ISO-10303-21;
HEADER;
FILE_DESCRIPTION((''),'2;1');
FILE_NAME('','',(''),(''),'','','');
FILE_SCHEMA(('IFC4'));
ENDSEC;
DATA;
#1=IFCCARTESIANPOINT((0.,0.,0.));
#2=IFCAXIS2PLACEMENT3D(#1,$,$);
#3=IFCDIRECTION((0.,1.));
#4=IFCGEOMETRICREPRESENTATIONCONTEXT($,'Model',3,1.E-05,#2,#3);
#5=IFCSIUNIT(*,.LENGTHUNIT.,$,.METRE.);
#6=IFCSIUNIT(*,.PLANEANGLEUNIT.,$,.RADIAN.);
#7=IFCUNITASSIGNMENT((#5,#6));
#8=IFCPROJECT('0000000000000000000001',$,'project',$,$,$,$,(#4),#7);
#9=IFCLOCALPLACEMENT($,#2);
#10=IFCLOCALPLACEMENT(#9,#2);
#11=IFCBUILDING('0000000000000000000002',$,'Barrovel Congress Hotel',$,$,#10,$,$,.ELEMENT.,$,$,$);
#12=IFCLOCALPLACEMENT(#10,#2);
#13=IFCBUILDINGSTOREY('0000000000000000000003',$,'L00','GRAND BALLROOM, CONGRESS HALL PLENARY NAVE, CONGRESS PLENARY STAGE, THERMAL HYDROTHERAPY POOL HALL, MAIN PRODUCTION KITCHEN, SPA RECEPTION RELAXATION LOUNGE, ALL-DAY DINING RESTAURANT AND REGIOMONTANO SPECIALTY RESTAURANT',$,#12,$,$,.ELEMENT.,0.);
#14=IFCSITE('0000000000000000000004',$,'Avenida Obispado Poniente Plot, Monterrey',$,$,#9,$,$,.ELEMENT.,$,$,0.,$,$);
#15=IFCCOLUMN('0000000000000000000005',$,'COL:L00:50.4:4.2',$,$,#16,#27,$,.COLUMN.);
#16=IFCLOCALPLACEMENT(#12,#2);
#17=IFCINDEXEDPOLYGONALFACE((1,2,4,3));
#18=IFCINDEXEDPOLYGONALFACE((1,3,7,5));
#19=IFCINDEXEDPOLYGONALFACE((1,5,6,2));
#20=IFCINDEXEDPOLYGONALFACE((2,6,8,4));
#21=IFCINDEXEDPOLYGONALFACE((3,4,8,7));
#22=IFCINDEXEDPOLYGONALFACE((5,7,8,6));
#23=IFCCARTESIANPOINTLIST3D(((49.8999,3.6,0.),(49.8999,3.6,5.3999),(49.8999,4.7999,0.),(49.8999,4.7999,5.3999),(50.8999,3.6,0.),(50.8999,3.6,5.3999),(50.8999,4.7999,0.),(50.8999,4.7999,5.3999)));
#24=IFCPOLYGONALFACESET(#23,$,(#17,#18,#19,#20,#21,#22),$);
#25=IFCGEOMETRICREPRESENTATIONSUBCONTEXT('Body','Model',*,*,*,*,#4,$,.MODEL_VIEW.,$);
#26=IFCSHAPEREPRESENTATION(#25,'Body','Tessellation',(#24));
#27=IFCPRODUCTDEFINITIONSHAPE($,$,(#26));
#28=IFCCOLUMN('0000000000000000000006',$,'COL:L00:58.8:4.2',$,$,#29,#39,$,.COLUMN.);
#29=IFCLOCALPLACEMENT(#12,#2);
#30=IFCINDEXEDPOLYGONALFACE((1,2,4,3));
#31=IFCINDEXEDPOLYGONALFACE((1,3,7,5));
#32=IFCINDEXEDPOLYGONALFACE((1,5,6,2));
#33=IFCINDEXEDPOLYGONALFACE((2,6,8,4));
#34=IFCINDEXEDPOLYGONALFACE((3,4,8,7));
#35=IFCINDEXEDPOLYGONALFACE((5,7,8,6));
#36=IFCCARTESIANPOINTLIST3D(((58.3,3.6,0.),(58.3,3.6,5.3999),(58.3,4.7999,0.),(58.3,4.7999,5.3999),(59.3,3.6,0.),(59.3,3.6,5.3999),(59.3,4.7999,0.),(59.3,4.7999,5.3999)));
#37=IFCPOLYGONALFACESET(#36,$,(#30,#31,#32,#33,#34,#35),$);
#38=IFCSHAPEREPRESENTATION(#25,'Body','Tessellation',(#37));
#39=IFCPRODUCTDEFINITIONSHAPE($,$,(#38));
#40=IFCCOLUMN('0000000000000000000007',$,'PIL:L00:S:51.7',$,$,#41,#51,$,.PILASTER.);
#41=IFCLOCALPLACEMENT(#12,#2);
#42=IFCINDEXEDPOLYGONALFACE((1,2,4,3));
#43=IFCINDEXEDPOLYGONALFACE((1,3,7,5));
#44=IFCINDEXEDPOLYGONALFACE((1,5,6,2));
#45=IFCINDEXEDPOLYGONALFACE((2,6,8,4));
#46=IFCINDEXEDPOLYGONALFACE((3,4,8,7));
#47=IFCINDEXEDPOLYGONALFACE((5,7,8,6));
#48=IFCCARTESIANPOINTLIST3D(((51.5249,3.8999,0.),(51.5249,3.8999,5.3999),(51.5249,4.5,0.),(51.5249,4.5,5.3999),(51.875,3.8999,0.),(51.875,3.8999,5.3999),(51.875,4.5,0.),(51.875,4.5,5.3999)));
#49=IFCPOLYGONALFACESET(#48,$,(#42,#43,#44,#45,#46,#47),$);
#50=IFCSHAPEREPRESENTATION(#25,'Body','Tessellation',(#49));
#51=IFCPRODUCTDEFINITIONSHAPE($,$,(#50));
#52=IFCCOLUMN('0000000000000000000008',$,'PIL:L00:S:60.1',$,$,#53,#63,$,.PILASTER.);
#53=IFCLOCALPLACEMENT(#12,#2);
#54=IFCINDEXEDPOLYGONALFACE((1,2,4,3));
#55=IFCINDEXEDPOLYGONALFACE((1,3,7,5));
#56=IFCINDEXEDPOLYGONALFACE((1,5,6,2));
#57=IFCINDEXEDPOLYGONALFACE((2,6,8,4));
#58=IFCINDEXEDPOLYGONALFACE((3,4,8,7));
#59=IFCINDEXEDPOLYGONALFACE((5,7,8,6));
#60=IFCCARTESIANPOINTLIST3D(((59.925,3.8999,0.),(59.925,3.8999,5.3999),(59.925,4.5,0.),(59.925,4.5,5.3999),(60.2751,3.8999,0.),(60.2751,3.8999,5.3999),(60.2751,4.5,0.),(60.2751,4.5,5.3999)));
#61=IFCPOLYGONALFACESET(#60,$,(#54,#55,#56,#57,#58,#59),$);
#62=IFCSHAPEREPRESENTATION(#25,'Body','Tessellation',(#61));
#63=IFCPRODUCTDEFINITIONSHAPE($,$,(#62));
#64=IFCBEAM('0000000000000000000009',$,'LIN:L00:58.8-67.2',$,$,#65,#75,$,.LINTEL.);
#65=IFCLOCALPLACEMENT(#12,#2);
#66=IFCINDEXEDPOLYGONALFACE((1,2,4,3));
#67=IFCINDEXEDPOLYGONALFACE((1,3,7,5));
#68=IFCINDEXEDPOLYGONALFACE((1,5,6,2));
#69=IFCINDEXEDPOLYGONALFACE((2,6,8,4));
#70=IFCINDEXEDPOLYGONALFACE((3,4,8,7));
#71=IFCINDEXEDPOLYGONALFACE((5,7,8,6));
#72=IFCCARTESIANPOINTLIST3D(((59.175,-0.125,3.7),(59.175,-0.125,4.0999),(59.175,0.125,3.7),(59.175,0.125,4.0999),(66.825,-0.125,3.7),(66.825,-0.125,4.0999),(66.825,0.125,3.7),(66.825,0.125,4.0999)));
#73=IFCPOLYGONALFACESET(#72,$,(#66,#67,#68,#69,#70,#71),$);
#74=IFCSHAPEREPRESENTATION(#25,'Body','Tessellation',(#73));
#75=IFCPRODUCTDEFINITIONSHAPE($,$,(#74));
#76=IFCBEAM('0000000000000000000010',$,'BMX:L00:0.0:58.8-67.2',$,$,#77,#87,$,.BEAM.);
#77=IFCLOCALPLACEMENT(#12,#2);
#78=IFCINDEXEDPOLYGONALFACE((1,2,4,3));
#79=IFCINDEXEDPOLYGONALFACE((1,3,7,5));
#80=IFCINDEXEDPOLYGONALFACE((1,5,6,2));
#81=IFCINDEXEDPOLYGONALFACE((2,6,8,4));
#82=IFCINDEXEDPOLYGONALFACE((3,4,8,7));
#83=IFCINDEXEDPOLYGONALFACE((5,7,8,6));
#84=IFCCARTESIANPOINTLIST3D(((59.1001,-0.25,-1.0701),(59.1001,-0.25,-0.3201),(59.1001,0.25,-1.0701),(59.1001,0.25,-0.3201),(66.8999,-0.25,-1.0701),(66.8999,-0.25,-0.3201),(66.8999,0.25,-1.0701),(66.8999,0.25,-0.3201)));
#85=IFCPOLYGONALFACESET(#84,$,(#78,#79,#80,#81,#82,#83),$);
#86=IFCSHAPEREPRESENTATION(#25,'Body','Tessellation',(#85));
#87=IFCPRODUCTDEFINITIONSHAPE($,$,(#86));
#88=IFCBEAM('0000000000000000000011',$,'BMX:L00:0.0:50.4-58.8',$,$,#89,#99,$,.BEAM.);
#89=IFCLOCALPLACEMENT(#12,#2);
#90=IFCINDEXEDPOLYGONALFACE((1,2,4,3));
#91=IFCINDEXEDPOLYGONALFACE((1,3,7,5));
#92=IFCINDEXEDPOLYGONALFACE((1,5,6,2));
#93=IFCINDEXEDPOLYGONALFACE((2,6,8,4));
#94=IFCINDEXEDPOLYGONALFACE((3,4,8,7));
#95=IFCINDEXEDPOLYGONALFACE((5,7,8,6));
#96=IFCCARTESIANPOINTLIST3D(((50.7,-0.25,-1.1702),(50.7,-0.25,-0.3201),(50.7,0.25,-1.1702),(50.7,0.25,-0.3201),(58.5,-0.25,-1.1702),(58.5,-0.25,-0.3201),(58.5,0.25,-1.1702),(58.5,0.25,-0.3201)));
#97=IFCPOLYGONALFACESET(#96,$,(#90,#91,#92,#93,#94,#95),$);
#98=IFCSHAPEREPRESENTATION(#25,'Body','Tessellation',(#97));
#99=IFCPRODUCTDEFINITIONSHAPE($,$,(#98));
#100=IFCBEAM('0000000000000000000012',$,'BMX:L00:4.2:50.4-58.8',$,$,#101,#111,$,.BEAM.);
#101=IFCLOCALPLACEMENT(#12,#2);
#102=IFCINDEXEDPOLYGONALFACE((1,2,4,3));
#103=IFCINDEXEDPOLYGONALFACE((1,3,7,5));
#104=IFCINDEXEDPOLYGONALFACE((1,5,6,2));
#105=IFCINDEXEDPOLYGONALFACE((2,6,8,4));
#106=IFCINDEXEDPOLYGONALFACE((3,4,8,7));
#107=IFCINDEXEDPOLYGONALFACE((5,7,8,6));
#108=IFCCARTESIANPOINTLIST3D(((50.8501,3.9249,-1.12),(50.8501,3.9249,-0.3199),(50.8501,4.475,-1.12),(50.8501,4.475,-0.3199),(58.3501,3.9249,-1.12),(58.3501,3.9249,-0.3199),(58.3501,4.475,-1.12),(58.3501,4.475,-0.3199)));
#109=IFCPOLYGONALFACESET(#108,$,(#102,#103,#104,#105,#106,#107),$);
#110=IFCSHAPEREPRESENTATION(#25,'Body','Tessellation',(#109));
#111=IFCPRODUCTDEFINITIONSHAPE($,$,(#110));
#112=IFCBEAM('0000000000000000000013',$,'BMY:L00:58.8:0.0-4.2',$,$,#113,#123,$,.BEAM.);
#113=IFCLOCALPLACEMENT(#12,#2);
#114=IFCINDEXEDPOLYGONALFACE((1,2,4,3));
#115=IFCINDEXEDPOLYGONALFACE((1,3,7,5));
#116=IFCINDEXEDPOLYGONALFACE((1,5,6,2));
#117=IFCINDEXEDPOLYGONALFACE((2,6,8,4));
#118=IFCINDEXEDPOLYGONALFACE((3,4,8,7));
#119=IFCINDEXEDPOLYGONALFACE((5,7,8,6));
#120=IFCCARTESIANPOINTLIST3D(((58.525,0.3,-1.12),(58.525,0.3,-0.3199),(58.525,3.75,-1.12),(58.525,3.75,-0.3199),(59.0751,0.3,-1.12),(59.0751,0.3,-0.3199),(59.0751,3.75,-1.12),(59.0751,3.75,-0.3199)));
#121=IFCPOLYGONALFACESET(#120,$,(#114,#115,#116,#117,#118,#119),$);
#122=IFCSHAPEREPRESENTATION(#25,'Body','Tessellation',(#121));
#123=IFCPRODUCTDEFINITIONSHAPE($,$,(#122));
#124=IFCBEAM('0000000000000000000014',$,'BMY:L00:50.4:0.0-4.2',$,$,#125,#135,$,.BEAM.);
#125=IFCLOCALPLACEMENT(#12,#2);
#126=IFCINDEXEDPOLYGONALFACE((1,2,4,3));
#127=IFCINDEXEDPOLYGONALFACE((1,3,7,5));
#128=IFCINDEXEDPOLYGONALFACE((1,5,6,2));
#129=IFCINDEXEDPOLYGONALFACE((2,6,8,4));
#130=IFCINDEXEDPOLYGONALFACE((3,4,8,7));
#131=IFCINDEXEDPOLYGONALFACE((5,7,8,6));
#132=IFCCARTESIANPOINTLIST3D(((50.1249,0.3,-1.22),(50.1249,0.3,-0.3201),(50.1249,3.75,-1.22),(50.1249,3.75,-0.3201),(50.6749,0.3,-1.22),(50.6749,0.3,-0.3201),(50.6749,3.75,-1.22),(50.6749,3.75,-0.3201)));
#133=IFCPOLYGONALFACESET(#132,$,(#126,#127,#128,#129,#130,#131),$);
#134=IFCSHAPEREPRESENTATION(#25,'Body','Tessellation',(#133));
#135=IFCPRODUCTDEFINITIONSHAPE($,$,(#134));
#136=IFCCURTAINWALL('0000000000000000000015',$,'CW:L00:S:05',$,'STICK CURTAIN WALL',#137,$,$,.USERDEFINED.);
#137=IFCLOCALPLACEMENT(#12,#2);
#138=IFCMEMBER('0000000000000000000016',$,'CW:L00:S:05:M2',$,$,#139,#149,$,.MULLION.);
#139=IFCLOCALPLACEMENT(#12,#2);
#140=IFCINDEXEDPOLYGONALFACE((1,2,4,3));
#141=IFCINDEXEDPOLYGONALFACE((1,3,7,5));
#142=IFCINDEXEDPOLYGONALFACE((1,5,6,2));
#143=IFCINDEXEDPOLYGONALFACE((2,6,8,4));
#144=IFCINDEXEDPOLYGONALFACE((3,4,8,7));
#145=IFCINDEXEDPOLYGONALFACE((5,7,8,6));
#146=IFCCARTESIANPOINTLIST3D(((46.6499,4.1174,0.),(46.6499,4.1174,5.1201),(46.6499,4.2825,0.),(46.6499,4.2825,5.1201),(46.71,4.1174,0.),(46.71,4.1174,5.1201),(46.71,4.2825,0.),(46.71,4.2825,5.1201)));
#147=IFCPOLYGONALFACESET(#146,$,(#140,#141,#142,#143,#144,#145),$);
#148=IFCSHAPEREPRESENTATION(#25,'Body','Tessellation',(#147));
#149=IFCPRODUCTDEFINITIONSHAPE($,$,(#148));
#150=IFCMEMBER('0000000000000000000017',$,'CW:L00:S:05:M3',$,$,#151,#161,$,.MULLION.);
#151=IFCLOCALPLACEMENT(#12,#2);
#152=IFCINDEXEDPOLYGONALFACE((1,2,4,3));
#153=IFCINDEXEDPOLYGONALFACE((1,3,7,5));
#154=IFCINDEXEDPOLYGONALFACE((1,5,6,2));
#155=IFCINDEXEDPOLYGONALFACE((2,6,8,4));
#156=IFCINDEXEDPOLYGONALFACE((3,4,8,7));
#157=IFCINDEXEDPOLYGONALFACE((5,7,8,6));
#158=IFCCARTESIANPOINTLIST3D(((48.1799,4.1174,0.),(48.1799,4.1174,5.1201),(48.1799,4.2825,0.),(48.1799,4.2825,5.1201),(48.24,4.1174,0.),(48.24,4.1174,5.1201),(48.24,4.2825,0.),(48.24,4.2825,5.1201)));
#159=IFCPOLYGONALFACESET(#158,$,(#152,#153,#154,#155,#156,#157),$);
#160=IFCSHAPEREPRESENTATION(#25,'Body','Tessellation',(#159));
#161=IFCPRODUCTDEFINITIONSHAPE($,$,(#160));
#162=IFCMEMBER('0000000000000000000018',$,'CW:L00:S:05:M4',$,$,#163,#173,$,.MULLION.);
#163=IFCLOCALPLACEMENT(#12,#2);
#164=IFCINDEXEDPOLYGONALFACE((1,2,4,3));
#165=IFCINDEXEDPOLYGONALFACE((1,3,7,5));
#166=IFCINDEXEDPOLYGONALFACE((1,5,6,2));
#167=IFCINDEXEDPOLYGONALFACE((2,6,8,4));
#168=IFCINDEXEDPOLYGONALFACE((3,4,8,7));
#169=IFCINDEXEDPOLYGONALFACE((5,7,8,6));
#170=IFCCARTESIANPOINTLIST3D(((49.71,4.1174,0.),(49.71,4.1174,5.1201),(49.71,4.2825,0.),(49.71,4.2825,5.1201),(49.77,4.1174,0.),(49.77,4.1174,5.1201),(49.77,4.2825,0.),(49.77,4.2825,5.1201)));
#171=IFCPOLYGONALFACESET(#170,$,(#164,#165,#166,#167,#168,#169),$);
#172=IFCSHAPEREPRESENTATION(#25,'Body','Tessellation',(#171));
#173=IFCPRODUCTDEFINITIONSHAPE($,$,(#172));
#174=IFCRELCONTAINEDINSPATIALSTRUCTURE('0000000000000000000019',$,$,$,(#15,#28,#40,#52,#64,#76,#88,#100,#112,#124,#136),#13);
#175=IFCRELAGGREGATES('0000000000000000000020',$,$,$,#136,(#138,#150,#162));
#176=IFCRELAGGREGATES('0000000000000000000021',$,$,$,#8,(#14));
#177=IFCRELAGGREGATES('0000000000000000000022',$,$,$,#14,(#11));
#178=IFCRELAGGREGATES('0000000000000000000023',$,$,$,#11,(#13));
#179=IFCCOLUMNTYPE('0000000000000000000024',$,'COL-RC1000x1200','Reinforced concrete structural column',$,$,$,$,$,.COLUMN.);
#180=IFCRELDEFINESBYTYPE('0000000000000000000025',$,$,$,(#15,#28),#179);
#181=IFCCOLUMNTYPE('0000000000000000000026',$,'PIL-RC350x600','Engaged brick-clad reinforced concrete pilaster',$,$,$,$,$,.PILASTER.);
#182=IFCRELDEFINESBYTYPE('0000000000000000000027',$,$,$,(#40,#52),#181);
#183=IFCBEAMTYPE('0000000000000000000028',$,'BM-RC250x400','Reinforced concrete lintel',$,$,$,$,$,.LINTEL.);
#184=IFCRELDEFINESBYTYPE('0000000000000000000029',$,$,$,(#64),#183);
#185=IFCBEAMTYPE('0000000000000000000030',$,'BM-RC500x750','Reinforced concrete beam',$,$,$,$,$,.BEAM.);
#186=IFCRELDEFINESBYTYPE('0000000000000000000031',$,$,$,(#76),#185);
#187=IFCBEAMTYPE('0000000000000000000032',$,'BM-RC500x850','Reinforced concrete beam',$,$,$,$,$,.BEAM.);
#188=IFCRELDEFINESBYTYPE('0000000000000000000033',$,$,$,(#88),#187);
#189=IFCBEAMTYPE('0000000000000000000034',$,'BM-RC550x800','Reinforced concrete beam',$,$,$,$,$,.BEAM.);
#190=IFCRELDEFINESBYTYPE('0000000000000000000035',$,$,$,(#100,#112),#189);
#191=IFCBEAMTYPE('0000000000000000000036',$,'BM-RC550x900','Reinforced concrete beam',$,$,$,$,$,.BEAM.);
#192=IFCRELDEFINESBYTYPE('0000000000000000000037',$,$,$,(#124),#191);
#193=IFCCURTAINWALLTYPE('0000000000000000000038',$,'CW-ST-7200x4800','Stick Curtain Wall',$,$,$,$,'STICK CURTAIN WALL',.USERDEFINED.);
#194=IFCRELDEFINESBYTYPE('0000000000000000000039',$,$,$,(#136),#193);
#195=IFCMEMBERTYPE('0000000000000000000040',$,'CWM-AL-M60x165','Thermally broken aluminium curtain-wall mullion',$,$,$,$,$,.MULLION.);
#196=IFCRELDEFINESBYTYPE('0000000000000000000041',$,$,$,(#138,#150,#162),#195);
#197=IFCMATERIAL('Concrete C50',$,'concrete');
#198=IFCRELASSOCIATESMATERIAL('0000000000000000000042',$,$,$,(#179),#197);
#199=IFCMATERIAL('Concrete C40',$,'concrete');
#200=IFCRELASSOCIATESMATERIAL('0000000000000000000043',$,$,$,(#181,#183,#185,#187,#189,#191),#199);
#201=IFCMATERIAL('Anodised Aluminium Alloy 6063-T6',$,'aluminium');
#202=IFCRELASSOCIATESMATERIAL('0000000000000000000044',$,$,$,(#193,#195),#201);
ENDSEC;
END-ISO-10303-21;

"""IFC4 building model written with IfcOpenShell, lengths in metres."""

from ifc_helpers import new_model, si_unit, direction, frame, origin, origin_2d, place, context, subcontext, project, spatial, rectangle, extrude, material, material_profile, profile_set, type_object, element, aggregate, save


model = new_model("IFC4")

# Units and contexts
model_context = context("Model", 3, precision=1e-05, world=origin(), true_north=direction((0.0, 1.0)))
body_context = subcontext(model_context, "Body", "Model", "MODEL_VIEW")
ifc_project = project(units=[si_unit("LENGTHUNIT", "METRE"), si_unit("PLANEANGLEUNIT", "RADIAN")], contexts=[model_context])

# Site, building, storey
site_placement = place(None, origin())
site = spatial("IfcSite", under=ifc_project, at=site_placement, Name="Avenida Obispado Poniente Plot, Monterrey", CompositionType="ELEMENT", RefElevation=0.0)
building_placement = place(site_placement, origin())
building = spatial("IfcBuilding", under=site, at=building_placement, Name="Barrovel Congress Hotel", CompositionType="ELEMENT")
storey_placement = place(building_placement, origin())
storey = spatial("IfcBuildingStorey", under=building, at=storey_placement, Name="L00", Description="GRAND BALLROOM, CONGRESS HALL PLENARY NAVE, CONGRESS PLENARY STAGE, THERMAL HYDROTHERAPY POOL HALL, MAIN PRODUCTION KITCHEN, SPA RECEPTION RELAXATION LOUNGE, ALL-DAY DINING RESTAURANT AND REGIOMONTANO SPECIALTY RESTAURANT", CompositionType="ELEMENT", Elevation=0.0)

# Shared definitions
ifc_material_1 = material(Name="Concrete C40", Category="concrete")

# Columns
ifc_material_2 = material(Name="Concrete C50", Category="concrete")
ifc_material_profile_1 = material_profile(ifc_material_2, rectangle(XDim=1.0, YDim=1.2, at=origin_2d()), Name="RC1000x1200")
ifc_profile_set_1 = profile_set([ifc_material_profile_1], Name="Concrete C50")
column_type_1 = type_object("IfcColumnType", Name="COL-RC1000x1200", Description="Reinforced concrete structural column", PredefinedType="COLUMN", material=ifc_profile_set_1)
for number, where, z_axis, x_axis, name in (
    (1, (50.3999, 4.2, 0.0), (0.0, 0.0, 1.0), (1.0, 0.0, 0.0), "COL:L00:50.4:4.2"),
    (2, (58.8, 4.2, 0.0), (0.0, 0.0, 1.0), (1.0, 0.0, 0.0), "COL:L00:58.8:4.2"),
):
    element("IfcColumn", number, at=place(storey_placement, frame(where, z_axis=z_axis, x_axis=x_axis)), inside=storey, type_object=column_type_1, Name=name, PredefinedType="COLUMN", context=body_context, shape_type="SweptSolid", body=[
        extrude(rectangle(XDim=1.0, YDim=1.2, at=origin_2d()), origin(), (0.0, 0.0, 1.0), 5.3999),
    ])
ifc_material_profile_2 = material_profile(ifc_material_1, rectangle(XDim=0.3501, YDim=0.6001, at=origin_2d()), Name="RC350x600")
ifc_profile_set_2 = profile_set([ifc_material_profile_2], Name="Concrete C40")
column_type_2 = type_object("IfcColumnType", Name="PIL-RC350x600", Description="Engaged brick-clad reinforced concrete pilaster", PredefinedType="PILASTER", material=ifc_profile_set_2)
for number, where, z_axis, x_axis, name in (
    (3, (51.7, 4.2, 0.0), (0.0, 0.0, 1.0), (1.0, 0.0, 0.0), "PIL:L00:S:51.7"),
    (4, (60.1001, 4.2, 0.0), (0.0, 0.0, 1.0), (1.0, 0.0, 0.0), "PIL:L00:S:60.1"),
):
    element("IfcColumn", number, at=place(storey_placement, frame(where, z_axis=z_axis, x_axis=x_axis)), inside=storey, type_object=column_type_2, Name=name, PredefinedType="PILASTER", context=body_context, shape_type="SweptSolid", body=[
        extrude(rectangle(XDim=0.3501, YDim=0.6001, at=origin_2d()), origin(), (0.0, 0.0, 1.0), 5.3999),
    ])

# Beams
ifc_material_profile_3 = material_profile(ifc_material_1, rectangle(XDim=0.25, YDim=0.3999, at=origin_2d()), Name="RC250x400")
ifc_profile_set_3 = profile_set([ifc_material_profile_3], Name="Concrete C40")
beam_type_1 = type_object("IfcBeamType", Name="BM-RC250x400", Description="Reinforced concrete lintel", PredefinedType="LINTEL", material=ifc_profile_set_3)
beam_1_placement = place(storey_placement, frame((59.175, 0.0, 3.8999), z_axis=(1.0, 0.0, 0.0), x_axis=(0.0, 1.0, 0.0)))
element("IfcBeam", 5, at=beam_1_placement, inside=storey, type_object=beam_type_1, Name="LIN:L00:58.8-67.2", PredefinedType="LINTEL", context=body_context, shape_type="SweptSolid", body=[
    extrude(rectangle(XDim=0.25, YDim=0.3999, at=origin_2d()), origin(), (0.0, 0.0, 1.0), 7.6499),
])
ifc_material_profile_4 = material_profile(ifc_material_1, rectangle(XDim=0.5, YDim=0.75, at=origin_2d()), Name="RC500x750")
ifc_profile_set_4 = profile_set([ifc_material_profile_4], Name="Concrete C40")
beam_type_2 = type_object("IfcBeamType", Name="BM-RC500x750", Description="Reinforced concrete beam", PredefinedType="BEAM", material=ifc_profile_set_4)
beam_2_placement = place(storey_placement, frame((59.1001, 0.0, -0.6951), z_axis=(1.0, 0.0, 0.0), x_axis=(0.0, 1.0, 0.0)))
element("IfcBeam", 6, at=beam_2_placement, inside=storey, type_object=beam_type_2, Name="BMX:L00:0.0:58.8-67.2", PredefinedType="BEAM", context=body_context, shape_type="SweptSolid", body=[
    extrude(rectangle(XDim=0.5, YDim=0.75, at=origin_2d()), origin(), (0.0, 0.0, 1.0), 7.7998),
])
ifc_material_profile_5 = material_profile(ifc_material_1, rectangle(XDim=0.5, YDim=0.8501, at=origin_2d()), Name="RC500x850")
ifc_profile_set_5 = profile_set([ifc_material_profile_5], Name="Concrete C40")
beam_type_3 = type_object("IfcBeamType", Name="BM-RC500x850", Description="Reinforced concrete beam", PredefinedType="BEAM", material=ifc_profile_set_5)
beam_3_placement = place(storey_placement, frame((50.7, 0.0, -0.7451), z_axis=(1.0, 0.0, 0.0), x_axis=(0.0, 1.0, 0.0)))
element("IfcBeam", 7, at=beam_3_placement, inside=storey, type_object=beam_type_3, Name="BMX:L00:0.0:50.4-58.8", PredefinedType="BEAM", context=body_context, shape_type="SweptSolid", body=[
    extrude(rectangle(XDim=0.5, YDim=0.8501, at=origin_2d()), origin(), (0.0, 0.0, 1.0), 7.8),
])
ifc_material_profile_6 = material_profile(ifc_material_1, rectangle(XDim=0.55, YDim=0.8, at=origin_2d()), Name="RC550x800")
ifc_profile_set_6 = profile_set([ifc_material_profile_6], Name="Concrete C40")
beam_type_4 = type_object("IfcBeamType", Name="BM-RC550x800", Description="Reinforced concrete beam", PredefinedType="BEAM", material=ifc_profile_set_6)
beam_4_placement = place(storey_placement, frame((50.8501, 4.2, -0.72), z_axis=(1.0, 0.0, 0.0), x_axis=(0.0, 1.0, 0.0)))
element("IfcBeam", 8, at=beam_4_placement, inside=storey, type_object=beam_type_4, Name="BMX:L00:4.2:50.4-58.8", PredefinedType="BEAM", context=body_context, shape_type="SweptSolid", body=[
    extrude(rectangle(XDim=0.55, YDim=0.8, at=origin_2d()), origin(), (0.0, 0.0, 1.0), 7.5),
])
beam_5_placement = place(storey_placement, frame((58.8, 0.3, -0.72), z_axis=(0.0, 1.0, 0.0), x_axis=(-1.0, 0.0, 0.0)))
element("IfcBeam", 9, at=beam_5_placement, inside=storey, type_object=beam_type_4, Name="BMY:L00:58.8:0.0-4.2", PredefinedType="BEAM", context=body_context, shape_type="SweptSolid", body=[
    extrude(rectangle(XDim=0.55, YDim=0.8, at=origin_2d()), origin(), (0.0, 0.0, 1.0), 3.45),
])
ifc_material_profile_7 = material_profile(ifc_material_1, rectangle(XDim=0.55, YDim=0.8999, at=origin_2d()), Name="RC550x900")
ifc_profile_set_7 = profile_set([ifc_material_profile_7], Name="Concrete C40")
beam_type_5 = type_object("IfcBeamType", Name="BM-RC550x900", Description="Reinforced concrete beam", PredefinedType="BEAM", material=ifc_profile_set_7)
beam_6_placement = place(storey_placement, frame((50.3999, 0.3, -0.77), z_axis=(0.0, 1.0, 0.0), x_axis=(-1.0, 0.0, 0.0)))
element("IfcBeam", 10, at=beam_6_placement, inside=storey, type_object=beam_type_5, Name="BMY:L00:50.4:0.0-4.2", PredefinedType="BEAM", context=body_context, shape_type="SweptSolid", body=[
    extrude(rectangle(XDim=0.55, YDim=0.8999, at=origin_2d()), origin(), (0.0, 0.0, 1.0), 3.45),
])

# Curtain wall, members
ifc_material_3 = material(Name="Anodised Aluminium Alloy 6063-T6", Category="aluminium")
curtain_wall_type = type_object("IfcCurtainWallType", Name="CW-ST-7200x4800", Description="Stick Curtain Wall", ElementType="STICK CURTAIN WALL", PredefinedType="USERDEFINED", material=ifc_material_3)
curtain_wall_1_placement = place(storey_placement, origin())
curtain_wall_1 = element("IfcCurtainWall", 11, at=curtain_wall_1_placement, inside=storey, type_object=curtain_wall_type, Name="CW:L00:S:05", ObjectType="STICK CURTAIN WALL", PredefinedType="USERDEFINED")
ifc_material_profile_8 = material_profile(ifc_material_3, rectangle(XDim=0.0601, YDim=0.165, at=origin_2d()), Name="AL-M60x165")
ifc_profile_set_8 = profile_set([ifc_material_profile_8], Name="Anodised Aluminium Alloy 6063-T6")
member_type_1 = type_object("IfcMemberType", Name="CWM-AL-M60x165", Description="Thermally broken aluminium curtain-wall mullion", PredefinedType="MULLION", material=ifc_profile_set_8)
member_1_placement = place(storey_placement, frame((46.6799, 4.2, 0.0), z_axis=(0.0, 0.0, 1.0), x_axis=(1.0, 0.0, 0.0)))
member_1 = element("IfcMember", 12, at=member_1_placement, type_object=member_type_1, Name="CW:L00:S:05:M2", PredefinedType="MULLION", context=body_context, shape_type="SweptSolid", body=[
    extrude(rectangle(XDim=0.0601, YDim=0.165, at=origin_2d()), origin(), (0.0, 0.0, 1.0), 5.1201),
])
member_2_placement = place(storey_placement, frame((48.21, 4.2, 0.0), z_axis=(0.0, 0.0, 1.0), x_axis=(1.0, 0.0, 0.0)))
member_2 = element("IfcMember", 13, at=member_2_placement, type_object=member_type_1, Name="CW:L00:S:05:M3", PredefinedType="MULLION", context=body_context, shape_type="SweptSolid", body=[
    extrude(rectangle(XDim=0.0601, YDim=0.165, at=origin_2d()), origin(), (0.0, 0.0, 1.0), 5.1201),
])
member_3_placement = place(storey_placement, frame((49.74, 4.2, 0.0), z_axis=(0.0, 0.0, 1.0), x_axis=(1.0, 0.0, 0.0)))
member_3 = element("IfcMember", 14, at=member_3_placement, type_object=member_type_1, Name="CW:L00:S:05:M4", PredefinedType="MULLION", context=body_context, shape_type="SweptSolid", body=[
    extrude(rectangle(XDim=0.0601, YDim=0.165, at=origin_2d()), origin(), (0.0, 0.0, 1.0), 5.1201),
])

aggregate(curtain_wall_1, [member_1, member_2, member_3])

save(model, "model.ifc")
